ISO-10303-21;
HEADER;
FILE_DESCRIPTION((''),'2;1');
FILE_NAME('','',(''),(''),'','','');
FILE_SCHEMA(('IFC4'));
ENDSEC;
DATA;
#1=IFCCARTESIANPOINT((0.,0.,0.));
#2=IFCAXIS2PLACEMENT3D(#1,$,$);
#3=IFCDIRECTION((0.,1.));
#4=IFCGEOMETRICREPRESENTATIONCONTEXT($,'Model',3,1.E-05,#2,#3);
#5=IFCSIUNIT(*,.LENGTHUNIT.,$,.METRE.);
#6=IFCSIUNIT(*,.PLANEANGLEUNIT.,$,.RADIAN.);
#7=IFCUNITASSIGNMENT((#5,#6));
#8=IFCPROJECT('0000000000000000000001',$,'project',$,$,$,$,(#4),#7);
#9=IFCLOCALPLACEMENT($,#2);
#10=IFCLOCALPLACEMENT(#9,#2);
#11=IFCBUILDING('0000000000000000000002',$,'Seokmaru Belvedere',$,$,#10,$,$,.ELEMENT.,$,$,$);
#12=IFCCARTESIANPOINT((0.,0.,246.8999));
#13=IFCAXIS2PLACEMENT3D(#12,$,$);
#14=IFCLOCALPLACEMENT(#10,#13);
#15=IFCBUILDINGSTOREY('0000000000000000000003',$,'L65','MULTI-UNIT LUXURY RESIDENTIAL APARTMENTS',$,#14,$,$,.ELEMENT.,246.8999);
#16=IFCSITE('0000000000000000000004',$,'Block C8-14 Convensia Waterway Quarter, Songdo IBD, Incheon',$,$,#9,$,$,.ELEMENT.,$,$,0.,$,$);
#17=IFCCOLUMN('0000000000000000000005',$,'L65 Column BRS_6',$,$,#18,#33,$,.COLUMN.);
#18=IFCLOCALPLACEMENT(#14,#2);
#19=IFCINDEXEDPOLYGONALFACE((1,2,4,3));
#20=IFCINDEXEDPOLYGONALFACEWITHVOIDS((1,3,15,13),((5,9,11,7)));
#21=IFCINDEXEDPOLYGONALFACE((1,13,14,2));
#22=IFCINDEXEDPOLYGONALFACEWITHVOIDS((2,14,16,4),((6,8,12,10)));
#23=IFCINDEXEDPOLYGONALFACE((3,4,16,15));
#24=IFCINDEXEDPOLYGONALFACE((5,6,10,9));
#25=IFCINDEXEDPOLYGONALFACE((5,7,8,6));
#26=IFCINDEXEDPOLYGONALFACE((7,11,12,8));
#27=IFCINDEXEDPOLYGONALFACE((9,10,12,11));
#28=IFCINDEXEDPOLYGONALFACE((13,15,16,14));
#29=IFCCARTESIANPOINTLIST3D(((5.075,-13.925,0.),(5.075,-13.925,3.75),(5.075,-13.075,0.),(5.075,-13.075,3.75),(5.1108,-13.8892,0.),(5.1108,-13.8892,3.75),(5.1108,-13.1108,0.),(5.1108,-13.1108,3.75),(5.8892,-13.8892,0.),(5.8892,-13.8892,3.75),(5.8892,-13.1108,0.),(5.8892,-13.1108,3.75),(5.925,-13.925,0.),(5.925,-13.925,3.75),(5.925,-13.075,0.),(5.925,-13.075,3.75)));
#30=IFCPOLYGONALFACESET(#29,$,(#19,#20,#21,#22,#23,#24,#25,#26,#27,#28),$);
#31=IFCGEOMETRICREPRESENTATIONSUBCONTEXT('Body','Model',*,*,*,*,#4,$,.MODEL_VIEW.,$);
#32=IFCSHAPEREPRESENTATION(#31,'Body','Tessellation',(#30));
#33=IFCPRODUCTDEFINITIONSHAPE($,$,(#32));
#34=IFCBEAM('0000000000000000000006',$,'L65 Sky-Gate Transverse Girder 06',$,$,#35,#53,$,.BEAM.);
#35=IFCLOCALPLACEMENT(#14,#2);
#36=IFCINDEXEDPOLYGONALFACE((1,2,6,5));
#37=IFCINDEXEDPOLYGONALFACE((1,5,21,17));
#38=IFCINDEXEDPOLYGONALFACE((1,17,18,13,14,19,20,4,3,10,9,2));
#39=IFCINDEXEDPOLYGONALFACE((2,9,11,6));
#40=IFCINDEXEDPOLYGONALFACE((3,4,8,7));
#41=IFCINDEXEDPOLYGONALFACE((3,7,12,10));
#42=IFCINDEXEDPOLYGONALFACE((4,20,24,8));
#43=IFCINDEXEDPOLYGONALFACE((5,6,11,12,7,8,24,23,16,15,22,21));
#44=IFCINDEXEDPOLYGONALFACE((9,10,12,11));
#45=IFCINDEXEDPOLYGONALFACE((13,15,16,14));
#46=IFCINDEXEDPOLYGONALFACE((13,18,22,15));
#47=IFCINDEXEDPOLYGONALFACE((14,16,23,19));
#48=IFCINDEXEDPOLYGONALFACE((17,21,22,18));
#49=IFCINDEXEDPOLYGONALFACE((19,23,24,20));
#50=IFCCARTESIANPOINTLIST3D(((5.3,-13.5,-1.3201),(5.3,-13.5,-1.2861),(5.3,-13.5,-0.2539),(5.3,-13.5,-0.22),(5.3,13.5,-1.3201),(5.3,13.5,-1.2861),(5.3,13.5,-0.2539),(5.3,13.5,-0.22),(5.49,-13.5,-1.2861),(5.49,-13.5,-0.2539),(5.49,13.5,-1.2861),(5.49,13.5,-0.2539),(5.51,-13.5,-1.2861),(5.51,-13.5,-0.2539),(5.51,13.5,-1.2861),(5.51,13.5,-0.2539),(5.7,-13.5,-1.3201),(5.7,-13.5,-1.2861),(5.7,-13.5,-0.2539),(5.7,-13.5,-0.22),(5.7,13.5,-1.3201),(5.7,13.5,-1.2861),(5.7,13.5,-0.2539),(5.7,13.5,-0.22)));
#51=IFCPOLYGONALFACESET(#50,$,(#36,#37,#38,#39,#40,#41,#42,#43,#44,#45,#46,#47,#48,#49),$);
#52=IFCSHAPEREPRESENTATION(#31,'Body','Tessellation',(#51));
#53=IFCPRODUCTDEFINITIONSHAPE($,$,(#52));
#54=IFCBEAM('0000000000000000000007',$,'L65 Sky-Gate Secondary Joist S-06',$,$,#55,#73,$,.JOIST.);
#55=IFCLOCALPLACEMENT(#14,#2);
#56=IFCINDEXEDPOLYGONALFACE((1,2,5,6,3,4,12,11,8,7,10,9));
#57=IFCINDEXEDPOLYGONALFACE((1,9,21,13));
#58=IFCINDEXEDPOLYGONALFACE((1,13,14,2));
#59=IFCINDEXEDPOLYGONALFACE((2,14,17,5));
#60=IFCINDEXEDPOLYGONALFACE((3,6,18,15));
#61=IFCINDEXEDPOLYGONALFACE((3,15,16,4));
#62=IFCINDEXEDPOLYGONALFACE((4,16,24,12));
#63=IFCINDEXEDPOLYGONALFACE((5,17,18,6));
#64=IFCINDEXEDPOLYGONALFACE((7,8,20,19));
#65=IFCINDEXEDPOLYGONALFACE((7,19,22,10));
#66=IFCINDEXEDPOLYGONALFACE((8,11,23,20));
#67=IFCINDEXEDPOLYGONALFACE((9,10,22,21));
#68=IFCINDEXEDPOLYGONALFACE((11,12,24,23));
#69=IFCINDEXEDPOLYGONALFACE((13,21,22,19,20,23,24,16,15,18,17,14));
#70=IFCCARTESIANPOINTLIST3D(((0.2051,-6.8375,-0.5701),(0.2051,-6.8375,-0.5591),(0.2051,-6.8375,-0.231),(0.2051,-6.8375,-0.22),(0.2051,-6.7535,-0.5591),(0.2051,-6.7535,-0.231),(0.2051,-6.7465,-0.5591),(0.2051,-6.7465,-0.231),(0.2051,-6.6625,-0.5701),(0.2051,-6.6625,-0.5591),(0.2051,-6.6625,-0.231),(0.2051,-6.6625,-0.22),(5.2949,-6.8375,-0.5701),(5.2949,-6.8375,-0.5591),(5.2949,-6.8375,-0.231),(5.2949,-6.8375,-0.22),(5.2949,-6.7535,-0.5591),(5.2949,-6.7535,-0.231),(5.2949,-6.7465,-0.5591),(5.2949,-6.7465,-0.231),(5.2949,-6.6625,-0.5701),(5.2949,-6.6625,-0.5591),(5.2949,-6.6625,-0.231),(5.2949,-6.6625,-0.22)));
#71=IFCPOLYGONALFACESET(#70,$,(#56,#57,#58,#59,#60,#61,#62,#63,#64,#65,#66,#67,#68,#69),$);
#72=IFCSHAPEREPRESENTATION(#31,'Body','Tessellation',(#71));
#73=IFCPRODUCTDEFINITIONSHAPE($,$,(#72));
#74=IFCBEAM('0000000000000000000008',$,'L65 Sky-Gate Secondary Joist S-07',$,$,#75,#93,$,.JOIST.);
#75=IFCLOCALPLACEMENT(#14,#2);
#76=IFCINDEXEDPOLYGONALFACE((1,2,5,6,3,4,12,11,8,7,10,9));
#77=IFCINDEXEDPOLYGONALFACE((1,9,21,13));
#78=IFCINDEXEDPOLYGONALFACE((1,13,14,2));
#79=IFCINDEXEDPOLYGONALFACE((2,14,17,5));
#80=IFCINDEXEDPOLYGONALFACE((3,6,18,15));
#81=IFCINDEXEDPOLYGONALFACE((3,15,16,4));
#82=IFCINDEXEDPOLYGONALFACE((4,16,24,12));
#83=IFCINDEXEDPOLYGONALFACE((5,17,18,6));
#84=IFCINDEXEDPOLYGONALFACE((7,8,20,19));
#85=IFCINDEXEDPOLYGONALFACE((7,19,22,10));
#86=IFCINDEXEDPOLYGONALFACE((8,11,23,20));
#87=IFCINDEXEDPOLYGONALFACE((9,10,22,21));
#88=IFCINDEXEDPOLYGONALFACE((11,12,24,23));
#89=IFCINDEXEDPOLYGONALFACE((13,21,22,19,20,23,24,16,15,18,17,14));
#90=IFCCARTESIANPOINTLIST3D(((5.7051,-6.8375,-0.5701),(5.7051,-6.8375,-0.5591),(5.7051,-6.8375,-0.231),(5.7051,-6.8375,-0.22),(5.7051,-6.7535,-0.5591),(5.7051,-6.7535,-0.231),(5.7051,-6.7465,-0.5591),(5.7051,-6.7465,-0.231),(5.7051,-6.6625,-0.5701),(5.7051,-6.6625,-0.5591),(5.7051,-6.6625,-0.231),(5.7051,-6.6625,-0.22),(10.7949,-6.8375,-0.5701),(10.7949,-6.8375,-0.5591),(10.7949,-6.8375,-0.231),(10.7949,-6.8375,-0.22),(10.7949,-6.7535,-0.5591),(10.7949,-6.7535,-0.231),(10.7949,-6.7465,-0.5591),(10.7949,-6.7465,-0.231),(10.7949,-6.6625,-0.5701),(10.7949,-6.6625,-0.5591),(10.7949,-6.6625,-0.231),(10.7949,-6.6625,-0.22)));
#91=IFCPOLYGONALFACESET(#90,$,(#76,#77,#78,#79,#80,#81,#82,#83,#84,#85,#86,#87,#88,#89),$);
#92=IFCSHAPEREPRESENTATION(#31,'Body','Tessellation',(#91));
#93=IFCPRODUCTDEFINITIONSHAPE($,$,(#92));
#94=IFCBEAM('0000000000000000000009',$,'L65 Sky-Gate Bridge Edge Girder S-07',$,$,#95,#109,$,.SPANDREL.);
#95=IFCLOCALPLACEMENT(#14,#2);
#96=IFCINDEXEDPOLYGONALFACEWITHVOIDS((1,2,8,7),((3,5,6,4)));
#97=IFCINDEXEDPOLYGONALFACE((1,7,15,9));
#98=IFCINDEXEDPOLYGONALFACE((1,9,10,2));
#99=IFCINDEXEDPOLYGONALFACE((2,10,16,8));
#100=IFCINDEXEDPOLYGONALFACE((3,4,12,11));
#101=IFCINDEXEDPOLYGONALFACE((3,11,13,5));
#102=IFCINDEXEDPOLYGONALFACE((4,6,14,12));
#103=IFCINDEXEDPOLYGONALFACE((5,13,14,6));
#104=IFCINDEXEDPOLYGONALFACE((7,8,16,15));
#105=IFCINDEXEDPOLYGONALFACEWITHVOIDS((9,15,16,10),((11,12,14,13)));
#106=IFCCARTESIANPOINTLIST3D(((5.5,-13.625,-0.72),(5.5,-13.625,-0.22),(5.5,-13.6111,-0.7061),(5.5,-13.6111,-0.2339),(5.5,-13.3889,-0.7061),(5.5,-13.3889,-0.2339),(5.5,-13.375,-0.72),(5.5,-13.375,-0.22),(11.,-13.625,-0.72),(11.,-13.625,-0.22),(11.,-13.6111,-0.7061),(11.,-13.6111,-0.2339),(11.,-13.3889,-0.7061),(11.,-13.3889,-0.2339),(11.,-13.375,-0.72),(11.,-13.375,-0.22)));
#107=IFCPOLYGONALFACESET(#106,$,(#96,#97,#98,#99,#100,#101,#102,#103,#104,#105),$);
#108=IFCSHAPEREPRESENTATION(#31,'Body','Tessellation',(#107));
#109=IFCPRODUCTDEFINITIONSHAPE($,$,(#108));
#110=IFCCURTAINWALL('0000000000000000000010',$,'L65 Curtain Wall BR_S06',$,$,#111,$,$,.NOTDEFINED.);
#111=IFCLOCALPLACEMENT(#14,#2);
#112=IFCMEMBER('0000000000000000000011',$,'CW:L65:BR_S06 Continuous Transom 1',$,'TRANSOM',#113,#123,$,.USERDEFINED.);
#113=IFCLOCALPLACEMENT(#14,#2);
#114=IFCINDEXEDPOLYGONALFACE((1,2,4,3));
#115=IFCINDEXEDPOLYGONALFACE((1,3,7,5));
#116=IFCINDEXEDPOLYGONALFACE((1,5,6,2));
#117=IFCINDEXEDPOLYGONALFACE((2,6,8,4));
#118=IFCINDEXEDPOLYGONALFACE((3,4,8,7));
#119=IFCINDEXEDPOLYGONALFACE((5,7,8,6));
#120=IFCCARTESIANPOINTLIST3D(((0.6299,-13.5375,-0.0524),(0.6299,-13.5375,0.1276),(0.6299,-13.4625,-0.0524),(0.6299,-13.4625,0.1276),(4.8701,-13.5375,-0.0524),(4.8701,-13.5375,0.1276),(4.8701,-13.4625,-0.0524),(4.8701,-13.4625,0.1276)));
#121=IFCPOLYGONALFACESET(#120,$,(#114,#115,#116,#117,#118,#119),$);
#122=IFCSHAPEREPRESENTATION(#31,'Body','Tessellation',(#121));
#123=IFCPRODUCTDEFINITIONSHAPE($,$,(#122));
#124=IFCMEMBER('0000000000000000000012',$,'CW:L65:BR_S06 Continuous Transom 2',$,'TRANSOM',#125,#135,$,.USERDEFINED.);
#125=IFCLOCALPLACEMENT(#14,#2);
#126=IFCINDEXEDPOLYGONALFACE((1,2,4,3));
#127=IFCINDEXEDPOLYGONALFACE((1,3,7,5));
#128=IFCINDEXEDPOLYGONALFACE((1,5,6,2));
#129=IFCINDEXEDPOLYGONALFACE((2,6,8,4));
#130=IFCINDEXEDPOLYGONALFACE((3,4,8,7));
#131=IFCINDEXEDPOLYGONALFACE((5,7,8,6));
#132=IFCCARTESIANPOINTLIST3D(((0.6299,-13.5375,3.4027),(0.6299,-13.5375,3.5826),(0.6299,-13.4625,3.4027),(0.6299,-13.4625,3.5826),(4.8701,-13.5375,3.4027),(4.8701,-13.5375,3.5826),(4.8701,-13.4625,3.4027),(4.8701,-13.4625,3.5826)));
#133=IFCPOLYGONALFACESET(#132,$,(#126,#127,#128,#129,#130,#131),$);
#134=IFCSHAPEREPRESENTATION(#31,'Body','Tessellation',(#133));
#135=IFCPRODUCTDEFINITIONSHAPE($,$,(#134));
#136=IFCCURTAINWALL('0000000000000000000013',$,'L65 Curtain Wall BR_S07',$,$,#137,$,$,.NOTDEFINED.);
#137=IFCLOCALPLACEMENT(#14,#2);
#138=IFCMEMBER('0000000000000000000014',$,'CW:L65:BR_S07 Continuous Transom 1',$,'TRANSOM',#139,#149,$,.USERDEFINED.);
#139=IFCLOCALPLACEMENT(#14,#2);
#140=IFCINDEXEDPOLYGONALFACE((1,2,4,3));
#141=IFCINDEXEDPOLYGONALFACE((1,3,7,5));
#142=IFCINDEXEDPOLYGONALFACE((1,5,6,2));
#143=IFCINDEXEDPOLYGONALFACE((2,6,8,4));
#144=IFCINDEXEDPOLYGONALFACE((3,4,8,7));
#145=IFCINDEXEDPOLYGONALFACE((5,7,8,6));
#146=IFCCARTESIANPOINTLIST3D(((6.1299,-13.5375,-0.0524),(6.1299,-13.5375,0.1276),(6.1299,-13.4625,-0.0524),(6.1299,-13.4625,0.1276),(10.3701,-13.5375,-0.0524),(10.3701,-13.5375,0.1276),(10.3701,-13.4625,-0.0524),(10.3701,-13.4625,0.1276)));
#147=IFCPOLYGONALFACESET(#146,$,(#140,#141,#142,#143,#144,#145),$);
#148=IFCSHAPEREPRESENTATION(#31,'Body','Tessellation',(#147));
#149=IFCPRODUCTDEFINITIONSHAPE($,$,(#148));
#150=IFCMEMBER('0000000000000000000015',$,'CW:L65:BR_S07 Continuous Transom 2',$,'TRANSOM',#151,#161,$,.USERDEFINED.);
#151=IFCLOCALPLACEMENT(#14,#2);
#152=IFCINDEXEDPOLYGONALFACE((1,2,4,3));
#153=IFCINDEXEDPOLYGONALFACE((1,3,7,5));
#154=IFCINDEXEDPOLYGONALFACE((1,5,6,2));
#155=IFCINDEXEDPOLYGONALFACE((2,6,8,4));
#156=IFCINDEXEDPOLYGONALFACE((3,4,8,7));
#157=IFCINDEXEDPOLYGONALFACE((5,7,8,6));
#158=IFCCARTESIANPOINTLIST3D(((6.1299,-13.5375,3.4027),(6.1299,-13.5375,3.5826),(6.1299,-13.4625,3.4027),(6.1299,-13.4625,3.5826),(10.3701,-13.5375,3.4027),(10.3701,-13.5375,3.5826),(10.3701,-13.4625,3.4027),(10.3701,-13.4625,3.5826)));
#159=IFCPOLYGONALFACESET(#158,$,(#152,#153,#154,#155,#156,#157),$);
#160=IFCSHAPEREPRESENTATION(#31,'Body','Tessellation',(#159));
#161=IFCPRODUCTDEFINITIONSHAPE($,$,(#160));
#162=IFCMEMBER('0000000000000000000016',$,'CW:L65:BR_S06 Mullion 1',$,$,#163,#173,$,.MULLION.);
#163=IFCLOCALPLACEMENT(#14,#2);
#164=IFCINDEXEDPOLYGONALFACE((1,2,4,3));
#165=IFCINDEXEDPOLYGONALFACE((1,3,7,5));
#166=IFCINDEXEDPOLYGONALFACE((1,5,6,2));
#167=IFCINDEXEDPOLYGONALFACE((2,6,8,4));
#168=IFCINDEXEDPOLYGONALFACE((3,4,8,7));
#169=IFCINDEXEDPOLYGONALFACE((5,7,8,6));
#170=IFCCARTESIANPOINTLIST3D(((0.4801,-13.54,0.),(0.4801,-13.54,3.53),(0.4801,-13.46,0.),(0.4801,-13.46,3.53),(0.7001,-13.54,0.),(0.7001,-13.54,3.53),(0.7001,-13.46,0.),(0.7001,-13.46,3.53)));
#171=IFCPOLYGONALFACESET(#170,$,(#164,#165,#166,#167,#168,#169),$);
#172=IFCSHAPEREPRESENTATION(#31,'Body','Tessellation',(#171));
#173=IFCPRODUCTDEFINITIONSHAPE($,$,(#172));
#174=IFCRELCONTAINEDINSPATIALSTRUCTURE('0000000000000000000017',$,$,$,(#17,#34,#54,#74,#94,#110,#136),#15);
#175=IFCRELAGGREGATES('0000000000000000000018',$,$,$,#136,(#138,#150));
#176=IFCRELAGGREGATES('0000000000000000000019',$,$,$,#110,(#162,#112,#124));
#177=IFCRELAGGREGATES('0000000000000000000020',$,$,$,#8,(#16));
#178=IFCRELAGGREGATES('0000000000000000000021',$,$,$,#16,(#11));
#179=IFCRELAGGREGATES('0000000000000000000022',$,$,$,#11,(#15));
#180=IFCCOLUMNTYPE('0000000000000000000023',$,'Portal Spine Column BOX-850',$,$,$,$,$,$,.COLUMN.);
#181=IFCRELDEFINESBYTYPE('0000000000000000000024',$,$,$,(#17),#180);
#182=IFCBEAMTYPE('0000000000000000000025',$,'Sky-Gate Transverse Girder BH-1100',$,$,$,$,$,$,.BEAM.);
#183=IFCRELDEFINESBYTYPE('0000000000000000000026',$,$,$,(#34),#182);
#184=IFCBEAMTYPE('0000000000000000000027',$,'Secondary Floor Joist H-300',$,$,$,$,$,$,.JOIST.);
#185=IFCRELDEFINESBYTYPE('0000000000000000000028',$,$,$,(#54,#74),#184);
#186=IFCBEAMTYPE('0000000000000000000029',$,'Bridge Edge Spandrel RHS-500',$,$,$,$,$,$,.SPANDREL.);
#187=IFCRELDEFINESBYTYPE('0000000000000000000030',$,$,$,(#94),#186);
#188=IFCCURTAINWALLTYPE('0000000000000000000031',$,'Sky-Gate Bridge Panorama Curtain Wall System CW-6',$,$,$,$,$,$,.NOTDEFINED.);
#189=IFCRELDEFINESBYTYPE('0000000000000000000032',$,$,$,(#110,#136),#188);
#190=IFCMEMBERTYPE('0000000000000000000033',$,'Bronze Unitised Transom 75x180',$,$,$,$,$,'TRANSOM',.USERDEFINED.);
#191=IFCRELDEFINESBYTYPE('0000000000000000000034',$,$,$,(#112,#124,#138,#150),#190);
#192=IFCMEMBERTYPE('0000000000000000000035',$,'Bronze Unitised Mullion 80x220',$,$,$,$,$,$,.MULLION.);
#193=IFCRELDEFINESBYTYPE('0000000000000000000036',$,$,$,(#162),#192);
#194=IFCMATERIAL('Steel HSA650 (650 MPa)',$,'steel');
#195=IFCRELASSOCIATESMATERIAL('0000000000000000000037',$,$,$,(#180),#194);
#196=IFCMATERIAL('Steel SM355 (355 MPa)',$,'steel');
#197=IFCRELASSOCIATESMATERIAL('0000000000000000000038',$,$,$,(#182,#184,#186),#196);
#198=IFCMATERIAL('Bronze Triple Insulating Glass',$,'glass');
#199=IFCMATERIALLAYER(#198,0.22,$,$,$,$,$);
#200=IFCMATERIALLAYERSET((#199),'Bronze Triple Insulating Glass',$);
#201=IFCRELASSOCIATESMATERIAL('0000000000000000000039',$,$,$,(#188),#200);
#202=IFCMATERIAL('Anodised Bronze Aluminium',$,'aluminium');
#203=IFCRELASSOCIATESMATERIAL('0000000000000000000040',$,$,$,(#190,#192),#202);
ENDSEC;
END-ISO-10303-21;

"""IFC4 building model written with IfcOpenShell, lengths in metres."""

from ifc_helpers import new_model, si_unit, direction, frame, origin, origin_2d, place, context, subcontext, project, spatial, rectangle, hollow_rectangle, i_section, extrude, source, transform, mapped, material, layer, layer_set, material_profile, profile_set, type_object, type_shapes, element, aggregate, save


model = new_model("IFC4")

# Units and contexts
model_context = context("Model", 3, precision=1e-05, world=origin(), true_north=direction((0.0, 1.0)))
body_context = subcontext(model_context, "Body", "Model", "MODEL_VIEW")
ifc_project = project(units=[si_unit("LENGTHUNIT", "METRE"), si_unit("PLANEANGLEUNIT", "RADIAN")], contexts=[model_context])

# Site, building, storey
site_placement = place(None, origin())
site = spatial("IfcSite", under=ifc_project, at=site_placement, Name="Block C8-14 Convensia Waterway Quarter, Songdo IBD, Incheon", CompositionType="ELEMENT", RefElevation=0.0)
building_placement = place(site_placement, origin())
building = spatial("IfcBuilding", under=site, at=building_placement, Name="Seokmaru Belvedere", CompositionType="ELEMENT")
storey_placement = place(building_placement, frame((0.0, 0.0, 246.8999)))
storey = spatial("IfcBuildingStorey", under=building, at=storey_placement, Name="L65", Description="MULTI-UNIT LUXURY RESIDENTIAL APARTMENTS", CompositionType="ELEMENT", Elevation=246.8999)

# Column
ifc_material_1 = material(Name="Steel HSA650 (650 MPa)", Category="steel")
ifc_material_profile_1 = material_profile(ifc_material_1, hollow_rectangle(XDim=0.8501, YDim=0.8501, WallThickness=0.0359, at=origin_2d()), Name="BOX-850x850x36")
ifc_profile_set_1 = profile_set([ifc_material_profile_1], Name="Steel HSA650 (650 MPa)")
column_type = type_object("IfcColumnType", Name="Portal Spine Column BOX-850", PredefinedType="COLUMN", material=ifc_profile_set_1)
shared_shape_1 = source(origin(), body_context, "Body", "SweptSolid", [
    extrude(hollow_rectangle(XDim=0.8501, YDim=0.8501, WallThickness=0.0359, at=origin_2d()), origin(), (0.0, 0.0, 1.0), 3.75),
])
type_shapes(column_type, [shared_shape_1])
column_placement = place(storey_placement, frame((5.5, -13.5, 0.0), z_axis=(0.0, 0.0, 1.0), x_axis=(1.0, 0.0, 0.0)))
element("IfcColumn", 1, at=column_placement, inside=storey, type_object=column_type, Name="L65 Column BRS_6", PredefinedType="COLUMN", context=body_context, shape_type="MappedRepresentation", body=[
    mapped(shared_shape_1, transform((0.0, 0.0, 0.0), scale=1.0)),
])

# Beams
ifc_material_2 = material(Name="Steel SM355 (355 MPa)", Category="steel")
ifc_material_profile_2 = material_profile(ifc_material_2, i_section(OverallWidth=0.3999, OverallDepth=1.1001, WebThickness=0.02, FlangeThickness=0.0339, at=origin_2d()), Name="BH-1100x400x20x34")
ifc_profile_set_2 = profile_set([ifc_material_profile_2], Name="Steel SM355 (355 MPa)")
beam_type_1 = type_object("IfcBeamType", Name="Sky-Gate Transverse Girder BH-1100", PredefinedType="BEAM", material=ifc_profile_set_2)
shared_shape_2 = source(origin(), body_context, "Body", "SweptSolid", [
    extrude(i_section(OverallWidth=0.3999, OverallDepth=1.1001, WebThickness=0.02, FlangeThickness=0.0339, at=origin_2d()), origin(), (0.0, 0.0, 1.0), 27.0),
])
type_shapes(beam_type_1, [shared_shape_2])
beam_1_placement = place(storey_placement, frame((5.5, -13.5, -0.77), z_axis=(0.0, 1.0, 0.0), x_axis=(-1.0, 0.0, 0.0)))
element("IfcBeam", 2, at=beam_1_placement, inside=storey, type_object=beam_type_1, Name="L65 Sky-Gate Transverse Girder 06", PredefinedType="BEAM", context=body_context, shape_type="MappedRepresentation", body=[
    mapped(shared_shape_2, transform((0.0, 0.0, 0.0), scale=1.0)),
])
ifc_material_profile_3 = material_profile(ifc_material_2, i_section(OverallWidth=0.175, OverallDepth=0.3501, WebThickness=0.0071, FlangeThickness=0.011, at=origin_2d()), Name="H-350x175x7x11")
ifc_profile_set_3 = profile_set([ifc_material_profile_3], Name="Steel SM355 (355 MPa)")
beam_type_2 = type_object("IfcBeamType", Name="Secondary Floor Joist H-300", PredefinedType="JOIST", material=ifc_profile_set_3)
shared_shape_3 = source(origin(), body_context, "Body", "SweptSolid", [
    extrude(i_section(OverallWidth=0.175, OverallDepth=0.3501, WebThickness=0.0071, FlangeThickness=0.011, at=origin_2d()), origin(), (0.0, 0.0, 1.0), 5.0898),
])
type_shapes(beam_type_2, [shared_shape_3])
for number, where, z_axis, x_axis, name in (
    (3, (0.2051, -6.75, -0.395), (1.0, 0.0, 0.0), (0.0, 1.0, 0.0), "L65 Sky-Gate Secondary Joist S-06"),
    (4, (5.7051, -6.75, -0.395), (1.0, 0.0, 0.0), (0.0, 1.0, 0.0), "L65 Sky-Gate Secondary Joist S-07"),
):
    element("IfcBeam", number, at=place(storey_placement, frame(where, z_axis=z_axis, x_axis=x_axis)), inside=storey, type_object=beam_type_2, Name=name, PredefinedType="JOIST", context=body_context, shape_type="MappedRepresentation", body=[
        mapped(shared_shape_3, transform((0.0, 0.0, 0.0), scale=1.0)),
    ])
ifc_material_profile_4 = material_profile(ifc_material_2, hollow_rectangle(XDim=0.25, YDim=0.5, WallThickness=0.0139, at=origin_2d()), Name="RHS-500x250x14")
ifc_profile_set_4 = profile_set([ifc_material_profile_4], Name="Steel SM355 (355 MPa)")
beam_type_3 = type_object("IfcBeamType", Name="Bridge Edge Spandrel RHS-500", PredefinedType="SPANDREL", material=ifc_profile_set_4)
shared_shape_4 = source(origin(), body_context, "Body", "SweptSolid", [
    extrude(hollow_rectangle(XDim=0.25, YDim=0.5, WallThickness=0.0139, at=origin_2d()), origin(), (0.0, 0.0, 1.0), 5.5),
])
type_shapes(beam_type_3, [shared_shape_4])
beam_2_placement = place(storey_placement, frame((5.5, -13.5, -0.47), z_axis=(1.0, 0.0, 0.0), x_axis=(0.0, 1.0, 0.0)))
element("IfcBeam", 5, at=beam_2_placement, inside=storey, type_object=beam_type_3, Name="L65 Sky-Gate Bridge Edge Girder S-07", PredefinedType="SPANDREL", context=body_context, shape_type="MappedRepresentation", body=[
    mapped(shared_shape_4, transform((0.0, 0.0, 0.0), scale=1.0)),
])

# Curtain walls, members
ifc_material_3 = material(Name="Bronze Triple Insulating Glass", Category="glass")
ifc_layer_1 = layer(ifc_material_3, 0.22)
ifc_layer_set_1 = layer_set([ifc_layer_1], Name="Bronze Triple Insulating Glass")
curtain_wall_type = type_object("IfcCurtainWallType", Name="Sky-Gate Bridge Panorama Curtain Wall System CW-6", PredefinedType="NOTDEFINED", material=ifc_layer_set_1)
curtain_wall_1_placement = place(storey_placement, origin())
curtain_wall_1 = element("IfcCurtainWall", 6, at=curtain_wall_1_placement, inside=storey, type_object=curtain_wall_type, Name="L65 Curtain Wall BR_S06", PredefinedType="NOTDEFINED")
ifc_material_4 = material(Name="Anodised Bronze Aluminium", Category="aluminium")
ifc_material_profile_5 = material_profile(ifc_material_4, rectangle(XDim=0.075, YDim=0.1799, at=origin_2d()), Name="CW-T-75x180")
ifc_profile_set_5 = profile_set([ifc_material_profile_5], Name="Anodised Bronze Aluminium")
member_type_1 = type_object("IfcMemberType", Name="Bronze Unitised Transom 75x180", ElementType="TRANSOM", PredefinedType="USERDEFINED", material=ifc_profile_set_5)
shared_shape_5 = source(origin(), body_context, "Body", "SweptSolid", [
    extrude(rectangle(XDim=0.075, YDim=0.1799, at=origin_2d()), origin(), (0.0, 0.0, 1.0), 4.2402),
])
type_shapes(member_type_1, [shared_shape_5])
member_1_placement = place(storey_placement, frame((0.6299, -13.5, 0.0376), z_axis=(1.0, 0.0, 0.0), x_axis=(0.0, 1.0, 0.0)))
member_1 = element("IfcMember", 7, at=member_1_placement, type_object=member_type_1, Name="CW:L65:BR_S06 Continuous Transom 1", ObjectType="TRANSOM", PredefinedType="USERDEFINED", context=body_context, shape_type="MappedRepresentation", body=[
    mapped(shared_shape_5, transform((0.0, 0.0, 0.0), scale=1.0)),
])
member_2_placement = place(storey_placement, frame((0.6299, -13.5, 3.4927), z_axis=(1.0, 0.0, 0.0), x_axis=(0.0, 1.0, 0.0)))
member_2 = element("IfcMember", 8, at=member_2_placement, type_object=member_type_1, Name="CW:L65:BR_S06 Continuous Transom 2", ObjectType="TRANSOM", PredefinedType="USERDEFINED", context=body_context, shape_type="MappedRepresentation", body=[
    mapped(shared_shape_5, transform((0.0, 0.0, 0.0), scale=1.0)),
])
curtain_wall_2_placement = place(storey_placement, origin())
curtain_wall_2 = element("IfcCurtainWall", 9, at=curtain_wall_2_placement, inside=storey, type_object=curtain_wall_type, Name="L65 Curtain Wall BR_S07", PredefinedType="NOTDEFINED")
member_3_placement = place(storey_placement, frame((6.1299, -13.5, 0.0376), z_axis=(1.0, 0.0, 0.0), x_axis=(0.0, 1.0, 0.0)))
member_3 = element("IfcMember", 10, at=member_3_placement, type_object=member_type_1, Name="CW:L65:BR_S07 Continuous Transom 1", ObjectType="TRANSOM", PredefinedType="USERDEFINED", context=body_context, shape_type="MappedRepresentation", body=[
    mapped(shared_shape_5, transform((0.0, 0.0, 0.0), scale=1.0)),
])
member_4_placement = place(storey_placement, frame((6.1299, -13.5, 3.4927), z_axis=(1.0, 0.0, 0.0), x_axis=(0.0, 1.0, 0.0)))
member_4 = element("IfcMember", 11, at=member_4_placement, type_object=member_type_1, Name="CW:L65:BR_S07 Continuous Transom 2", ObjectType="TRANSOM", PredefinedType="USERDEFINED", context=body_context, shape_type="MappedRepresentation", body=[
    mapped(shared_shape_5, transform((0.0, 0.0, 0.0), scale=1.0)),
])

# Member
ifc_material_profile_6 = material_profile(ifc_material_4, rectangle(XDim=0.0801, YDim=0.22, at=origin_2d()), Name="CW-M-80x220")
ifc_profile_set_6 = profile_set([ifc_material_profile_6], Name="Anodised Bronze Aluminium")
member_type_2 = type_object("IfcMemberType", Name="Bronze Unitised Mullion 80x220", PredefinedType="MULLION", material=ifc_profile_set_6)
shared_shape_6 = source(origin(), body_context, "Body", "SweptSolid", [
    extrude(rectangle(XDim=0.0801, YDim=0.22, at=origin_2d()), origin(), (0.0, 0.0, 1.0), 3.53),
])
type_shapes(member_type_2, [shared_shape_6])
member_5_placement = place(storey_placement, frame((0.5901, -13.5, 0.0), z_axis=(0.0, 0.0, 1.0), x_axis=(0.0, 1.0, 0.0)))
member_5 = element("IfcMember", 12, at=member_5_placement, type_object=member_type_2, Name="CW:L65:BR_S06 Mullion 1", PredefinedType="MULLION", context=body_context, shape_type="MappedRepresentation", body=[
    mapped(shared_shape_6, transform((0.0, 0.0, 0.0), scale=1.0)),
])
aggregate(curtain_wall_2, [member_3, member_4])

aggregate(curtain_wall_1, [member_5, member_1, member_2])

save(model, "model.ifc")
